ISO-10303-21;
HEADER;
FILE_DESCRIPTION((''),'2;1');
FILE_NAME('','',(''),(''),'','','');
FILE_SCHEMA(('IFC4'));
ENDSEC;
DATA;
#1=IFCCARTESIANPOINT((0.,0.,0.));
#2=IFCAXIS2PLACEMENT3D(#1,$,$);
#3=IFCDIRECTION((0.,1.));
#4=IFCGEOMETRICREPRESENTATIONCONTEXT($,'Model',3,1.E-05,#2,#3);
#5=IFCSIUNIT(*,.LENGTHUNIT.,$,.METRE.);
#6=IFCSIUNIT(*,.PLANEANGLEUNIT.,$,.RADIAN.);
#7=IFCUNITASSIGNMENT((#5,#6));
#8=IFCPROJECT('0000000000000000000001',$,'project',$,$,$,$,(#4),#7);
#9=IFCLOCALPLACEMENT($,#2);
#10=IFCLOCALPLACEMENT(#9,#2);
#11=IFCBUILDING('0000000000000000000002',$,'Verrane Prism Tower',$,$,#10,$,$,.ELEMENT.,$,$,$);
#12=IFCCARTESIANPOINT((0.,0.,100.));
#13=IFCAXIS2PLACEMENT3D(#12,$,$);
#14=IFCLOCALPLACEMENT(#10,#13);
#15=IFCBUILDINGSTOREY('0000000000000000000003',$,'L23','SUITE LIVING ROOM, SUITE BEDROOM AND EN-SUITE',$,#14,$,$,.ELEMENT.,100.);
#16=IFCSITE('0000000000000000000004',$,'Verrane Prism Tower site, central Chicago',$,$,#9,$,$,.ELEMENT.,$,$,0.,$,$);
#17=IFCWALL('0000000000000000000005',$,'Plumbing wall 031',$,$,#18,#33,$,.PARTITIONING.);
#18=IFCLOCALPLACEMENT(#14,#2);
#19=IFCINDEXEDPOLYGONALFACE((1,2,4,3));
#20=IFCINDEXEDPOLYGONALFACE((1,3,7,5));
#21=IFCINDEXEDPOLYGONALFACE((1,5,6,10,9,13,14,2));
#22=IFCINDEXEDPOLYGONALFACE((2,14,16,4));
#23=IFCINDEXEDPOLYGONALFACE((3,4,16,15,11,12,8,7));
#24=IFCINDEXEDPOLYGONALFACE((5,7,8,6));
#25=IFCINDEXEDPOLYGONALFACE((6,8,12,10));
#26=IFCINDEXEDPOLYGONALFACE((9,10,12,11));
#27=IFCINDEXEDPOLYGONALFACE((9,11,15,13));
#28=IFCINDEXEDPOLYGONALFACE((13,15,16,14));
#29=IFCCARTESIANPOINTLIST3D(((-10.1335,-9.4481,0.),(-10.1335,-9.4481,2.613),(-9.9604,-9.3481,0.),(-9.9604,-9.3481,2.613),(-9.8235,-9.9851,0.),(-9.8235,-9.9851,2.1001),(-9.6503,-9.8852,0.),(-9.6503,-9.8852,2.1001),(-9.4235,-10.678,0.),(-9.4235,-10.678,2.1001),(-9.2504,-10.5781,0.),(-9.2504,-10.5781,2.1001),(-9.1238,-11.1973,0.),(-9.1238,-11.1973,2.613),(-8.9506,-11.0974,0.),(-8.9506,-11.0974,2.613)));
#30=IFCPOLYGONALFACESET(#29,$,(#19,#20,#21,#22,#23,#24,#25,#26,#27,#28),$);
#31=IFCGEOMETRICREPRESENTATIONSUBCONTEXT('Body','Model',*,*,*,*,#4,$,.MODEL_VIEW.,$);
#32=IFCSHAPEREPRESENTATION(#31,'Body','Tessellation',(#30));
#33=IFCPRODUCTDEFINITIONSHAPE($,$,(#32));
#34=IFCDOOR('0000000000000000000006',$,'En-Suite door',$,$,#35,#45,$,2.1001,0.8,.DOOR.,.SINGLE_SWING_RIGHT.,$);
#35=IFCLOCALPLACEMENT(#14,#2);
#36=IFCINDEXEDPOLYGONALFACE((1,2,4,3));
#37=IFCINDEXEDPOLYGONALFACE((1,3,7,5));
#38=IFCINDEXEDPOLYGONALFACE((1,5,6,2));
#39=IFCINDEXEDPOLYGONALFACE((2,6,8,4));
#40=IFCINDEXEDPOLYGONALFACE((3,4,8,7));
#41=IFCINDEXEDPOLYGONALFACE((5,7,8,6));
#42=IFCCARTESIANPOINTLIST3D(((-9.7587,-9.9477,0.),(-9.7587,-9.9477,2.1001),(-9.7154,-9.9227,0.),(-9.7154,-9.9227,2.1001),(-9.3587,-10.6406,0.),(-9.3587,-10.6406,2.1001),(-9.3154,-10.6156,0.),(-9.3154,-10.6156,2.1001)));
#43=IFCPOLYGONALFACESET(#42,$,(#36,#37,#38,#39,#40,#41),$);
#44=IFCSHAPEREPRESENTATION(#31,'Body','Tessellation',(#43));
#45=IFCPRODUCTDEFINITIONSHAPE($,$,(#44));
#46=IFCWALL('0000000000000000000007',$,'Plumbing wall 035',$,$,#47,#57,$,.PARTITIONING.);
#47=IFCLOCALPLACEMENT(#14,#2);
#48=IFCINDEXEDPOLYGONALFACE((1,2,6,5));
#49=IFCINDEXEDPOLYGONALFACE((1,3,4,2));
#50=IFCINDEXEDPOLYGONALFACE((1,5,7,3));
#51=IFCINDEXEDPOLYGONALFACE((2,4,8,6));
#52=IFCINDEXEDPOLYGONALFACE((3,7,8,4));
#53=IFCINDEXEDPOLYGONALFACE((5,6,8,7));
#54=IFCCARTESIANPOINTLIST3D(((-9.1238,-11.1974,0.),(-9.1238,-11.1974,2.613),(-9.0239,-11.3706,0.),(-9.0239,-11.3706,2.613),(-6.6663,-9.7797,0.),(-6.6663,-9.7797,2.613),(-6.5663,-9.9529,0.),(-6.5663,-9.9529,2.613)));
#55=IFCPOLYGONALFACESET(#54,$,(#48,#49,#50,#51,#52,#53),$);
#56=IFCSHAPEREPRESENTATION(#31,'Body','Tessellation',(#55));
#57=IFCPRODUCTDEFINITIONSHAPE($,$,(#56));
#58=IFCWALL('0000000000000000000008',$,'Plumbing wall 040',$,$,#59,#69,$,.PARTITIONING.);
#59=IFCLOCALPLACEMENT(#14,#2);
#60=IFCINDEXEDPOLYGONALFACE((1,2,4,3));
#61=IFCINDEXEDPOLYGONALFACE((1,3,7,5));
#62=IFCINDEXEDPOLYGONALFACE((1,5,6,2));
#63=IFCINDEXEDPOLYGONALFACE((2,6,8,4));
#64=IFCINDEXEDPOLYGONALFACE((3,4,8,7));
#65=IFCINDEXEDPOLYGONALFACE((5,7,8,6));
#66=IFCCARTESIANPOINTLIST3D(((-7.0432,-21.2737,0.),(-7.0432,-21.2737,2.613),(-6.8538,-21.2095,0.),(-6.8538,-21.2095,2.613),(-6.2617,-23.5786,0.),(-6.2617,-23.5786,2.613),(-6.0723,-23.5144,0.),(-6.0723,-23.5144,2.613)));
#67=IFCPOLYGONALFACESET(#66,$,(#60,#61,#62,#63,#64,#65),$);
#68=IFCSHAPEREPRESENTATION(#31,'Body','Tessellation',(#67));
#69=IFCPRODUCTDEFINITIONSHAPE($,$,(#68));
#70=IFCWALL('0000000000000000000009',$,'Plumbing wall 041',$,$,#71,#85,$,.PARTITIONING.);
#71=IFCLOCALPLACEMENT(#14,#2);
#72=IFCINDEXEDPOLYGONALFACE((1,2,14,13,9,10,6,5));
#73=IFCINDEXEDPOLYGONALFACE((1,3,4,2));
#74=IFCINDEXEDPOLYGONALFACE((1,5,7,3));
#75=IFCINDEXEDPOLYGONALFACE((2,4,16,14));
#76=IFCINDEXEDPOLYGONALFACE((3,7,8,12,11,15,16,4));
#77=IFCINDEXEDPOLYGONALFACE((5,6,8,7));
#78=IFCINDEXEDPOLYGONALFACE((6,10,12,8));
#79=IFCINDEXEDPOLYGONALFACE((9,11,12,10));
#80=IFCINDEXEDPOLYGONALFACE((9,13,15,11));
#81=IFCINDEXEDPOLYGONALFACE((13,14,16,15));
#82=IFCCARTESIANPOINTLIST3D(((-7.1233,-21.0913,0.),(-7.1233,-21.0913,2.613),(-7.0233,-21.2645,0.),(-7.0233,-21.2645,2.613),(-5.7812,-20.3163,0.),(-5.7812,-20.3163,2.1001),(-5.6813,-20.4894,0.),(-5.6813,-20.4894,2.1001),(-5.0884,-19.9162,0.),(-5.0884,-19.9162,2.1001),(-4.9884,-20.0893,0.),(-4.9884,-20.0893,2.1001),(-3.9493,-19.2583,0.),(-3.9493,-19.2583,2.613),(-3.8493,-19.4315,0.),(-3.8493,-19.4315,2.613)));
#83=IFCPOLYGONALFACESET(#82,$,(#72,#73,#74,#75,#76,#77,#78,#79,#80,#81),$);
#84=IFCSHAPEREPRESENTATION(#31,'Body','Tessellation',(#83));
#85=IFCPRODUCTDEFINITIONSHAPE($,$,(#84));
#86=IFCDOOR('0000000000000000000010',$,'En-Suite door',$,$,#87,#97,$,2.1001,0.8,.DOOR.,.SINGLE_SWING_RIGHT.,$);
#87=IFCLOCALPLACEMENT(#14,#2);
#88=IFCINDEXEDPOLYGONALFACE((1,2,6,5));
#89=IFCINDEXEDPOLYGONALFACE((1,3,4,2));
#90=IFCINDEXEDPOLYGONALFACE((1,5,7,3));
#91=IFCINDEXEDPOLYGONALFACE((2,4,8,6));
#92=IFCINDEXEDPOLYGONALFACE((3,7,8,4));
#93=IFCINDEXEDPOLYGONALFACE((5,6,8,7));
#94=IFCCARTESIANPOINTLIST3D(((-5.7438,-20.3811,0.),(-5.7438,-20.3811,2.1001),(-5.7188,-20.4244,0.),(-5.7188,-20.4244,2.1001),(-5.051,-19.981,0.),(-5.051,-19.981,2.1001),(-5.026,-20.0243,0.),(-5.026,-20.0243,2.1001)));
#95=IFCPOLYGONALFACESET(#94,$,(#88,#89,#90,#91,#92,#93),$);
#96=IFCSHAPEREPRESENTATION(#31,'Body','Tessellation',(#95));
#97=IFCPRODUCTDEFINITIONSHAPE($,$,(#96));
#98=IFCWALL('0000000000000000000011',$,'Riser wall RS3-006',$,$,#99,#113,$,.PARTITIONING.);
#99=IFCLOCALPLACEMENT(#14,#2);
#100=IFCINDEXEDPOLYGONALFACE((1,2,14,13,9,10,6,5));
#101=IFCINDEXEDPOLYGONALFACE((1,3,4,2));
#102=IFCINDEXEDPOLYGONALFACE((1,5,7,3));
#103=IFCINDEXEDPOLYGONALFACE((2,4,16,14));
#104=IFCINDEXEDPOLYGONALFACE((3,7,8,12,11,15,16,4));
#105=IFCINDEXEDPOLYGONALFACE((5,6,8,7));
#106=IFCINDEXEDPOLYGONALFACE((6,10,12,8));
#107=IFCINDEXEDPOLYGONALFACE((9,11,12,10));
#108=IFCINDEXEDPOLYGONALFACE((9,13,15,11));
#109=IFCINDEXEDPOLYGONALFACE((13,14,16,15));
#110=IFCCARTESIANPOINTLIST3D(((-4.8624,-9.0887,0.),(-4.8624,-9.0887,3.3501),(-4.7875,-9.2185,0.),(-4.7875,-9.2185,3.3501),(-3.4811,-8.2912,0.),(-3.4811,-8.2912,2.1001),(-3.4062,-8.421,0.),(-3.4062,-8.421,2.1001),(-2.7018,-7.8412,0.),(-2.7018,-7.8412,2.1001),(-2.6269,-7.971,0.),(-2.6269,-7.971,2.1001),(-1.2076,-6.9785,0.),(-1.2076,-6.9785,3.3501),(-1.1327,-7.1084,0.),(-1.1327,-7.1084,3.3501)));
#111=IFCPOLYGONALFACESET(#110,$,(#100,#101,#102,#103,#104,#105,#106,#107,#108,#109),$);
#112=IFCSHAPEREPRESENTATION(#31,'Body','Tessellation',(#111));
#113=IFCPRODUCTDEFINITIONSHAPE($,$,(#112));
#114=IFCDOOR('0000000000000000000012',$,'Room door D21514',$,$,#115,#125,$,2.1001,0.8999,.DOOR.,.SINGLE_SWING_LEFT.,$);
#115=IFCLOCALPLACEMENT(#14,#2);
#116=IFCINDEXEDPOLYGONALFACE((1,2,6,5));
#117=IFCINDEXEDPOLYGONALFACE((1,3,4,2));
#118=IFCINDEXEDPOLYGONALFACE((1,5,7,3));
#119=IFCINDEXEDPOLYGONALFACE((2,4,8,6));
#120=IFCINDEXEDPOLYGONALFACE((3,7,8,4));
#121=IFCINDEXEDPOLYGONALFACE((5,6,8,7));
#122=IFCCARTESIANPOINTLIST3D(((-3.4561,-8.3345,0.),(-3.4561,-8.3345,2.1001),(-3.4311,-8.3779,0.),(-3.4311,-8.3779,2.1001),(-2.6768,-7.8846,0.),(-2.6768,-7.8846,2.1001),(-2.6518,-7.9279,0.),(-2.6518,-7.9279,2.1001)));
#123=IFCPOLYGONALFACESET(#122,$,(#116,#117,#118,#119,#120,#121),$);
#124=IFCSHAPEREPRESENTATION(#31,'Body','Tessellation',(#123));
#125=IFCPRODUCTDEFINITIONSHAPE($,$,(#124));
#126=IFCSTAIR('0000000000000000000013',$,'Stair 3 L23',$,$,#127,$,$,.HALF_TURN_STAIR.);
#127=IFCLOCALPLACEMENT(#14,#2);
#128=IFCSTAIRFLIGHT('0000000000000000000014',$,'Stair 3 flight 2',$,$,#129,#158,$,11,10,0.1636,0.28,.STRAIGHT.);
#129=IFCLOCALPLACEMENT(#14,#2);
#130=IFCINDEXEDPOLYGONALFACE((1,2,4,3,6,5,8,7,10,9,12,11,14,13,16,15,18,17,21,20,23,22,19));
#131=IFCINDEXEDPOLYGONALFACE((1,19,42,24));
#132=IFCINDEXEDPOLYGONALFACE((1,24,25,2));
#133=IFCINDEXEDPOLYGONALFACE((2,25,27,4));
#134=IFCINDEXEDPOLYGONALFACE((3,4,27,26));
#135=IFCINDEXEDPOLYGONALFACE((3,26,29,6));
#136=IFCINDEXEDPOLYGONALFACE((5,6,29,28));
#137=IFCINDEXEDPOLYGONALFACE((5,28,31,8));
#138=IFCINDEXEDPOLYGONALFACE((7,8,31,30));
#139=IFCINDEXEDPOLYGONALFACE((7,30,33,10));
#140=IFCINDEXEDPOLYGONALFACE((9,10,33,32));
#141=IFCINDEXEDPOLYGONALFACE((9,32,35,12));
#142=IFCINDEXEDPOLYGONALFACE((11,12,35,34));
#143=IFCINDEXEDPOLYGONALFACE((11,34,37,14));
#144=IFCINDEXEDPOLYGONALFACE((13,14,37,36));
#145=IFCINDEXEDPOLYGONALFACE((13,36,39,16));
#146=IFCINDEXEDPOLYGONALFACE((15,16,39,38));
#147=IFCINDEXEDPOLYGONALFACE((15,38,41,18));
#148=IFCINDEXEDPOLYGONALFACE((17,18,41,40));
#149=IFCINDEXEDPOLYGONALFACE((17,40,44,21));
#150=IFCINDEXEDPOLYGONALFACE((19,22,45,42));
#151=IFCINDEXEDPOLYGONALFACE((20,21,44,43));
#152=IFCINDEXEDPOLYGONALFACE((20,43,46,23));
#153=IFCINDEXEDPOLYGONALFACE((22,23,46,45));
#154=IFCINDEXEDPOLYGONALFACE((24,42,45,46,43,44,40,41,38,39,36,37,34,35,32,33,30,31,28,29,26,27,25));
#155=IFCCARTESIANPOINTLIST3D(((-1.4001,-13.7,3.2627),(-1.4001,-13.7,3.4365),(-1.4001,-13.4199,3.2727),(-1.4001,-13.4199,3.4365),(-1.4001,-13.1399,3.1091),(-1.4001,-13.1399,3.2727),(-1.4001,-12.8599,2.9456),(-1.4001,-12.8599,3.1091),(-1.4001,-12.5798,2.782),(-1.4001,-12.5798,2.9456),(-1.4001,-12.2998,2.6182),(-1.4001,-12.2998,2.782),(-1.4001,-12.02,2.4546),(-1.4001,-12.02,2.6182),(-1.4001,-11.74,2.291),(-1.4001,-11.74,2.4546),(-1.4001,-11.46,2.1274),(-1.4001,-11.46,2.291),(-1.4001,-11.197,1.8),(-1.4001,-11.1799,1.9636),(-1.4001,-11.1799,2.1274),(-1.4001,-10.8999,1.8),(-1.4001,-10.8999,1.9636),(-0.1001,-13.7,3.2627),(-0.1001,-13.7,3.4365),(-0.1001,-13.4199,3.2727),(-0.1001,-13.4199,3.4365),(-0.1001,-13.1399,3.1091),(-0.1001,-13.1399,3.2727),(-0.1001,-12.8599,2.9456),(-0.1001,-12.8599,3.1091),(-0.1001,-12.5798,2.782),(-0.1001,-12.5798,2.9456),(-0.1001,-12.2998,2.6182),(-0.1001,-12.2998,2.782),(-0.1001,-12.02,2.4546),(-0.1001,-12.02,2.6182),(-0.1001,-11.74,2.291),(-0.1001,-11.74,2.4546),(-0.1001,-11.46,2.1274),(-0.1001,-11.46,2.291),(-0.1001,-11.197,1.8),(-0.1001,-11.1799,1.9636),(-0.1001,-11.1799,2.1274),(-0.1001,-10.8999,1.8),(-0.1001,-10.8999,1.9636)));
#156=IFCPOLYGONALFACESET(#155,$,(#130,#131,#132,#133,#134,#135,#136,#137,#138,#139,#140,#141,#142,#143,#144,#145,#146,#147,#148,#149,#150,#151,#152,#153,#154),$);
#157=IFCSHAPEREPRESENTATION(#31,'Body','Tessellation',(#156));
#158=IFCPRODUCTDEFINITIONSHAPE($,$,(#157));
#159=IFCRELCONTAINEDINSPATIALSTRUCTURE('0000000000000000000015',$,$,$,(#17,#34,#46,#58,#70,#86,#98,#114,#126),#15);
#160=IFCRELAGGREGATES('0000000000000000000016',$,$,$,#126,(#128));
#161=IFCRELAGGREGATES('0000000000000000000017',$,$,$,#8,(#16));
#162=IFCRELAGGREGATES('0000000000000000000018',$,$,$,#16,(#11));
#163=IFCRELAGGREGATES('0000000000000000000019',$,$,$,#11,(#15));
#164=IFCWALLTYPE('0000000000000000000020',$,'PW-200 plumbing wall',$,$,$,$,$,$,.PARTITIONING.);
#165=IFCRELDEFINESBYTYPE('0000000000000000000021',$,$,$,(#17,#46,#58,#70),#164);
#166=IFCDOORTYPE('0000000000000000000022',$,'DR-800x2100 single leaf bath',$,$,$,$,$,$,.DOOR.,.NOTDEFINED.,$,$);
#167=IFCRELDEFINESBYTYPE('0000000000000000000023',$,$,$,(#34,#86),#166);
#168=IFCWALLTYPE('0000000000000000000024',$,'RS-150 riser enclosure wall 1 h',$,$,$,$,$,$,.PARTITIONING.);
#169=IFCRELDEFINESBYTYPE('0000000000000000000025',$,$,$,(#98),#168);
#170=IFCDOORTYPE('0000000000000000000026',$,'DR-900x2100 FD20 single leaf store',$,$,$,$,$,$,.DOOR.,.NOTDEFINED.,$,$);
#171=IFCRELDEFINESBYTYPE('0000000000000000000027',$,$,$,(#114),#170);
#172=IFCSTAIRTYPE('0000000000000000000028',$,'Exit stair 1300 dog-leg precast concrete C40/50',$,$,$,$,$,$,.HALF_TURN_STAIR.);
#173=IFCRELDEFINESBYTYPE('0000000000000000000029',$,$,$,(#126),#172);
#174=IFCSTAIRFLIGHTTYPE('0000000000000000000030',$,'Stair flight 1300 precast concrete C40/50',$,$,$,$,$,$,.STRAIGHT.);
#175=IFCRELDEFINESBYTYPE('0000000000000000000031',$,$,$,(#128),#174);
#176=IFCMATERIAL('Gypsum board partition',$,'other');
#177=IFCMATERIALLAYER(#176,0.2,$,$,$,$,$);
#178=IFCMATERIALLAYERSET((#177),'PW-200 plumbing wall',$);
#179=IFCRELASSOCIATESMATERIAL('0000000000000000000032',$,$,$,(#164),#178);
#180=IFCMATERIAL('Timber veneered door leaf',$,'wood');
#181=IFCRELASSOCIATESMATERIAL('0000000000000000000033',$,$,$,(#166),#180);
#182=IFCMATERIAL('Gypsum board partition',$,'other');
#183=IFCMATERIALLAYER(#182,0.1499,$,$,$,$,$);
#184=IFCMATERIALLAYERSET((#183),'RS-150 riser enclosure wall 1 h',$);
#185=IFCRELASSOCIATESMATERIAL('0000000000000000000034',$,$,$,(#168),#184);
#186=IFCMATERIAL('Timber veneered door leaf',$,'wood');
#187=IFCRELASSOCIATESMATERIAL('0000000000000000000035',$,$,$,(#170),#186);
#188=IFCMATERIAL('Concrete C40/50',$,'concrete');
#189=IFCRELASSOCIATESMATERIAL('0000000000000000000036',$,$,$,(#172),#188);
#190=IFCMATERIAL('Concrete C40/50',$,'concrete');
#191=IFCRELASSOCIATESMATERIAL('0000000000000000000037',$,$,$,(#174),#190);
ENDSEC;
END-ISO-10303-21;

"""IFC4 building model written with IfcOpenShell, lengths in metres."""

from ifc_helpers import new_model, si_unit, direction, frame, frame_2d, origin, place, context, subcontext, project, spatial, polyline, rectangle, outline, extrude, material, layer, layer_set, type_object, element, fill, aggregate, save


model = new_model("IFC4")

# Units and contexts
model_context = context("Model", 3, precision=1e-05, world=origin(), true_north=direction((0.0, 1.0)))
body_context = subcontext(model_context, "Body", "Model", "MODEL_VIEW")
ifc_project = project(units=[si_unit("LENGTHUNIT", "METRE"), si_unit("PLANEANGLEUNIT", "RADIAN")], contexts=[model_context])

# Site, building, storey
site_placement = place(None, origin())
site = spatial("IfcSite", under=ifc_project, at=site_placement, Name="Verrane Prism Tower site, central Chicago", CompositionType="ELEMENT", RefElevation=0.0)
building_placement = place(site_placement, origin())
building = spatial("IfcBuilding", under=site, at=building_placement, Name="Verrane Prism Tower", CompositionType="ELEMENT")
storey_placement = place(building_placement, frame((0.0, 0.0, 100.0)))
storey = spatial("IfcBuildingStorey", under=building, at=storey_placement, Name="L23", Description="SUITE LIVING ROOM, SUITE BEDROOM AND EN-SUITE", CompositionType="ELEMENT", Elevation=100.0)

# Wall, opening, door
ifc_material_1 = material(Name="Gypsum board partition", Category="other")
ifc_layer_1 = layer(ifc_material_1, 0.2)
ifc_layer_set_1 = layer_set([ifc_layer_1], Name="PW-200 plumbing wall")
wall_type_1 = type_object("IfcWallType", Name="PW-200 plumbing wall", PredefinedType="PARTITIONING", material=ifc_layer_set_1)
wall_1_placement = place(storey_placement, frame((-10.0469, -9.3982, 0.0), z_axis=(0.0, 0.0, 1.0), x_axis=(0.499935, -0.866063, 0.0)))
wall_1 = element("IfcWall", 1, at=wall_1_placement, inside=storey, type_object=wall_type_1, Name="Plumbing wall 031", PredefinedType="PARTITIONING", context=body_context, shape_type="SweptSolid", body=[
    extrude(rectangle(XDim=2.0198, YDim=0.2, at=frame_2d((1.0098, 0.0))), origin(), (0.0, 0.0, 1.0), 2.613),
])
opening_1_placement = place(wall_1_placement, frame((0.6201, 0.0, 0.0)))
opening_1 = element("IfcOpeningElement", 2, at=opening_1_placement, cuts=wall_1, PredefinedType="OPENING", context=body_context, shape_type="SweptSolid", body=[
    extrude(rectangle(XDim=0.8, YDim=2.1001, at=frame_2d((0.3999, 1.05))), frame((0.0, 0.1099, 0.0), z_axis=(0.0, -1.0, 0.0), x_axis=(1.0, 0.0, 0.0)), (0.0, 0.0, 1.0), 0.22),
])
ifc_material_2 = material(Name="Timber veneered door leaf", Category="wood")
door_type_1 = type_object("IfcDoorType", Name="DR-800x2100 single leaf bath", OperationType="NOTDEFINED", PredefinedType="DOOR", material=ifc_material_2)
door_1_placement = place(opening_1_placement, origin())
door_1 = element("IfcDoor", 3, at=door_1_placement, inside=storey, type_object=door_type_1, Name="En-Suite door", OperationType="SINGLE_SWING_RIGHT", OverallHeight=2.1001, OverallWidth=0.8, PredefinedType="DOOR", context=body_context, shape_type="SweptSolid", body=[
    extrude(rectangle(XDim=0.8, YDim=2.1001, at=frame_2d((0.3999, 1.05))), frame((0.0, 0.0249, 0.0), z_axis=(0.0, -1.0, 0.0), x_axis=(1.0, 0.0, 0.0)), (0.0, 0.0, 1.0), 0.05),
])
fill(opening_1, door_1)

# Walls
wall_2_placement = place(storey_placement, frame((-9.0737, -11.2839, 0.0), z_axis=(0.0, 0.0, 1.0), x_axis=(0.866197, 0.499703, 0.0)))
element("IfcWall", 4, at=wall_2_placement, inside=storey, type_object=wall_type_1, Name="Plumbing wall 035", PredefinedType="PARTITIONING", context=body_context, shape_type="SweptSolid", body=[
    extrude(rectangle(XDim=2.8372, YDim=0.2, at=frame_2d((1.4185, 0.0))), origin(), (0.0, 0.0, 1.0), 2.613),
])
wall_3_placement = place(storey_placement, frame((-6.9485, -21.2417, 0.0), z_axis=(0.0, 0.0, 1.0), x_axis=(0.321099, -0.947046, 0.0)))
element("IfcWall", 5, at=wall_3_placement, inside=storey, type_object=wall_type_1, Name="Plumbing wall 040", PredefinedType="PARTITIONING", context=body_context, shape_type="SweptSolid", body=[
    extrude(rectangle(XDim=2.4338, YDim=0.2, at=frame_2d((1.2168, 0.0))), origin(), (0.0, 0.0, 1.0), 2.613),
])

# Walls, openings, doors
wall_4_placement = place(storey_placement, frame((-3.8994, -19.345, 0.0), z_axis=(0.0, 0.0, 1.0), x_axis=(-0.865971, -0.500093, 0.0)))
wall_4 = element("IfcWall", 6, at=wall_4_placement, inside=storey, type_object=wall_type_1, Name="Plumbing wall 041", PredefinedType="PARTITIONING", context=body_context, shape_type="SweptSolid", body=[
    extrude(rectangle(XDim=3.6653, YDim=0.2, at=frame_2d((1.8325, 0.0))), origin(), (0.0, 0.0, 1.0), 2.613),
])
opening_2_placement = place(wall_4_placement, frame((1.3154, 0.0, 0.0)))
opening_2 = element("IfcOpeningElement", 7, at=opening_2_placement, cuts=wall_4, PredefinedType="OPENING", context=body_context, shape_type="SweptSolid", body=[
    extrude(rectangle(XDim=0.8, YDim=2.1001, at=frame_2d((0.3999, 1.05))), frame((0.0, 0.1099, 0.0), z_axis=(0.0, -1.0, 0.0), x_axis=(1.0, 0.0, 0.0)), (0.0, 0.0, 1.0), 0.22),
])
door_2_placement = place(opening_2_placement, origin())
door_2 = element("IfcDoor", 8, at=door_2_placement, inside=storey, type_object=door_type_1, Name="En-Suite door", OperationType="SINGLE_SWING_RIGHT", OverallHeight=2.1001, OverallWidth=0.8, PredefinedType="DOOR", context=body_context, shape_type="SweptSolid", body=[
    extrude(rectangle(XDim=0.8, YDim=2.1001, at=frame_2d((0.3999, 1.05))), frame((0.0, 0.0249, 0.0), z_axis=(0.0, -1.0, 0.0), x_axis=(1.0, 0.0, 0.0)), (0.0, 0.0, 1.0), 0.05),
])
fill(opening_2, door_2)
ifc_material_3 = material(Name="Gypsum board partition", Category="other")
ifc_layer_2 = layer(ifc_material_3, 0.1499)
ifc_layer_set_2 = layer_set([ifc_layer_2], Name="RS-150 riser enclosure wall 1 h")
wall_type_2 = type_object("IfcWallType", Name="RS-150 riser enclosure wall 1 h", PredefinedType="PARTITIONING", material=ifc_layer_set_2)
wall_5_placement = place(storey_placement, frame((-4.825, -9.1536, 0.0), z_axis=(0.0, 0.0, 1.0), x_axis=(0.866024, 0.500003, 0.0)))
wall_5 = element("IfcWall", 9, at=wall_5_placement, inside=storey, type_object=wall_type_2, Name="Riser wall RS3-006", PredefinedType="PARTITIONING", context=body_context, shape_type="SweptSolid", body=[
    extrude(rectangle(XDim=4.2202, YDim=0.1499, at=frame_2d((2.1101, 0.0))), origin(), (0.0, 0.0, 1.0), 3.3501),
])
opening_3_placement = place(wall_5_placement, frame((1.595, 0.0, 0.0)))
opening_3 = element("IfcOpeningElement", 10, at=opening_3_placement, cuts=wall_5, PredefinedType="OPENING", context=body_context, shape_type="SweptSolid", body=[
    extrude(rectangle(XDim=0.8999, YDim=2.1001, at=frame_2d((0.45, 1.05))), frame((0.0, 0.085, 0.0), z_axis=(0.0, -1.0, 0.0), x_axis=(1.0, 0.0, 0.0)), (0.0, 0.0, 1.0), 0.1699),
])
ifc_material_4 = material(Name="Timber veneered door leaf", Category="wood")
door_type_2 = type_object("IfcDoorType", Name="DR-900x2100 FD20 single leaf store", OperationType="NOTDEFINED", PredefinedType="DOOR", material=ifc_material_4)
door_3_placement = place(opening_3_placement, origin())
door_3 = element("IfcDoor", 11, at=door_3_placement, inside=storey, type_object=door_type_2, Name="Room door D21514", OperationType="SINGLE_SWING_LEFT", OverallHeight=2.1001, OverallWidth=0.8999, PredefinedType="DOOR", context=body_context, shape_type="SweptSolid", body=[
    extrude(rectangle(XDim=0.8999, YDim=2.1001, at=frame_2d((0.45, 1.05))), frame((0.0, 0.0249, 0.0), z_axis=(0.0, -1.0, 0.0), x_axis=(1.0, 0.0, 0.0)), (0.0, 0.0, 1.0), 0.05),
])
fill(opening_3, door_3)

# Stair, stair flight
ifc_material_5 = material(Name="Concrete C40/50", Category="concrete")
stair_type = type_object("IfcStairType", Name="Exit stair 1300 dog-leg precast concrete C40/50", PredefinedType="HALF_TURN_STAIR", material=ifc_material_5)
stair_placement = place(storey_placement, origin())
stair = element("IfcStair", 12, at=stair_placement, inside=storey, type_object=stair_type, Name="Stair 3 L23", PredefinedType="HALF_TURN_STAIR")
ifc_material_6 = material(Name="Concrete C40/50", Category="concrete")
stair_flight_type = type_object("IfcStairFlightType", Name="Stair flight 1300 precast concrete C40/50", PredefinedType="STRAIGHT", material=ifc_material_6)
stair_flight_placement = place(storey_placement, frame((-0.75, -10.8999, 1.8), z_axis=(0.0, 0.0, 1.0), x_axis=(0.0, -1.0, 0.0)))
stair_flight = element("IfcStairFlight", 13, at=stair_flight_placement, type_object=stair_flight_type, Name="Stair 3 flight 2", NumberOfRisers=11, NumberOfTreads=10, PredefinedType="STRAIGHT", RiserHeight=0.1636, TreadLength=0.28, context=body_context, shape_type="SweptSolid", body=[
    extrude(outline(polyline([(0.0, 0.0), (0.0, 0.1636), (0.28, 0.1636), (0.28, 0.3274), (0.5601, 0.3274), (0.5601, 0.491), (0.8401, 0.491), (0.8401, 0.6545), (1.1201, 0.6545), (1.1201, 0.8181), (1.3999, 0.8181), (1.3999, 0.9819), (1.6799, 0.9819), (1.6799, 1.1455), (1.96, 1.1455), (1.96, 1.3091), (2.24, 1.3091), (2.24, 1.4727), (2.52, 1.4727), (2.52, 1.6365), (2.8, 1.6365), (2.8, 1.8), (2.8, 1.4626), (0.2971, 0.0), (0.0, 0.0)])), frame((0.0, 0.6499, 0.0), z_axis=(0.0, -1.0, 0.0), x_axis=(1.0, 0.0, 0.0)), (0.0, 0.0, 1.0), 1.3),
])
aggregate(stair, [stair_flight])

save(model, "model.ifc")
